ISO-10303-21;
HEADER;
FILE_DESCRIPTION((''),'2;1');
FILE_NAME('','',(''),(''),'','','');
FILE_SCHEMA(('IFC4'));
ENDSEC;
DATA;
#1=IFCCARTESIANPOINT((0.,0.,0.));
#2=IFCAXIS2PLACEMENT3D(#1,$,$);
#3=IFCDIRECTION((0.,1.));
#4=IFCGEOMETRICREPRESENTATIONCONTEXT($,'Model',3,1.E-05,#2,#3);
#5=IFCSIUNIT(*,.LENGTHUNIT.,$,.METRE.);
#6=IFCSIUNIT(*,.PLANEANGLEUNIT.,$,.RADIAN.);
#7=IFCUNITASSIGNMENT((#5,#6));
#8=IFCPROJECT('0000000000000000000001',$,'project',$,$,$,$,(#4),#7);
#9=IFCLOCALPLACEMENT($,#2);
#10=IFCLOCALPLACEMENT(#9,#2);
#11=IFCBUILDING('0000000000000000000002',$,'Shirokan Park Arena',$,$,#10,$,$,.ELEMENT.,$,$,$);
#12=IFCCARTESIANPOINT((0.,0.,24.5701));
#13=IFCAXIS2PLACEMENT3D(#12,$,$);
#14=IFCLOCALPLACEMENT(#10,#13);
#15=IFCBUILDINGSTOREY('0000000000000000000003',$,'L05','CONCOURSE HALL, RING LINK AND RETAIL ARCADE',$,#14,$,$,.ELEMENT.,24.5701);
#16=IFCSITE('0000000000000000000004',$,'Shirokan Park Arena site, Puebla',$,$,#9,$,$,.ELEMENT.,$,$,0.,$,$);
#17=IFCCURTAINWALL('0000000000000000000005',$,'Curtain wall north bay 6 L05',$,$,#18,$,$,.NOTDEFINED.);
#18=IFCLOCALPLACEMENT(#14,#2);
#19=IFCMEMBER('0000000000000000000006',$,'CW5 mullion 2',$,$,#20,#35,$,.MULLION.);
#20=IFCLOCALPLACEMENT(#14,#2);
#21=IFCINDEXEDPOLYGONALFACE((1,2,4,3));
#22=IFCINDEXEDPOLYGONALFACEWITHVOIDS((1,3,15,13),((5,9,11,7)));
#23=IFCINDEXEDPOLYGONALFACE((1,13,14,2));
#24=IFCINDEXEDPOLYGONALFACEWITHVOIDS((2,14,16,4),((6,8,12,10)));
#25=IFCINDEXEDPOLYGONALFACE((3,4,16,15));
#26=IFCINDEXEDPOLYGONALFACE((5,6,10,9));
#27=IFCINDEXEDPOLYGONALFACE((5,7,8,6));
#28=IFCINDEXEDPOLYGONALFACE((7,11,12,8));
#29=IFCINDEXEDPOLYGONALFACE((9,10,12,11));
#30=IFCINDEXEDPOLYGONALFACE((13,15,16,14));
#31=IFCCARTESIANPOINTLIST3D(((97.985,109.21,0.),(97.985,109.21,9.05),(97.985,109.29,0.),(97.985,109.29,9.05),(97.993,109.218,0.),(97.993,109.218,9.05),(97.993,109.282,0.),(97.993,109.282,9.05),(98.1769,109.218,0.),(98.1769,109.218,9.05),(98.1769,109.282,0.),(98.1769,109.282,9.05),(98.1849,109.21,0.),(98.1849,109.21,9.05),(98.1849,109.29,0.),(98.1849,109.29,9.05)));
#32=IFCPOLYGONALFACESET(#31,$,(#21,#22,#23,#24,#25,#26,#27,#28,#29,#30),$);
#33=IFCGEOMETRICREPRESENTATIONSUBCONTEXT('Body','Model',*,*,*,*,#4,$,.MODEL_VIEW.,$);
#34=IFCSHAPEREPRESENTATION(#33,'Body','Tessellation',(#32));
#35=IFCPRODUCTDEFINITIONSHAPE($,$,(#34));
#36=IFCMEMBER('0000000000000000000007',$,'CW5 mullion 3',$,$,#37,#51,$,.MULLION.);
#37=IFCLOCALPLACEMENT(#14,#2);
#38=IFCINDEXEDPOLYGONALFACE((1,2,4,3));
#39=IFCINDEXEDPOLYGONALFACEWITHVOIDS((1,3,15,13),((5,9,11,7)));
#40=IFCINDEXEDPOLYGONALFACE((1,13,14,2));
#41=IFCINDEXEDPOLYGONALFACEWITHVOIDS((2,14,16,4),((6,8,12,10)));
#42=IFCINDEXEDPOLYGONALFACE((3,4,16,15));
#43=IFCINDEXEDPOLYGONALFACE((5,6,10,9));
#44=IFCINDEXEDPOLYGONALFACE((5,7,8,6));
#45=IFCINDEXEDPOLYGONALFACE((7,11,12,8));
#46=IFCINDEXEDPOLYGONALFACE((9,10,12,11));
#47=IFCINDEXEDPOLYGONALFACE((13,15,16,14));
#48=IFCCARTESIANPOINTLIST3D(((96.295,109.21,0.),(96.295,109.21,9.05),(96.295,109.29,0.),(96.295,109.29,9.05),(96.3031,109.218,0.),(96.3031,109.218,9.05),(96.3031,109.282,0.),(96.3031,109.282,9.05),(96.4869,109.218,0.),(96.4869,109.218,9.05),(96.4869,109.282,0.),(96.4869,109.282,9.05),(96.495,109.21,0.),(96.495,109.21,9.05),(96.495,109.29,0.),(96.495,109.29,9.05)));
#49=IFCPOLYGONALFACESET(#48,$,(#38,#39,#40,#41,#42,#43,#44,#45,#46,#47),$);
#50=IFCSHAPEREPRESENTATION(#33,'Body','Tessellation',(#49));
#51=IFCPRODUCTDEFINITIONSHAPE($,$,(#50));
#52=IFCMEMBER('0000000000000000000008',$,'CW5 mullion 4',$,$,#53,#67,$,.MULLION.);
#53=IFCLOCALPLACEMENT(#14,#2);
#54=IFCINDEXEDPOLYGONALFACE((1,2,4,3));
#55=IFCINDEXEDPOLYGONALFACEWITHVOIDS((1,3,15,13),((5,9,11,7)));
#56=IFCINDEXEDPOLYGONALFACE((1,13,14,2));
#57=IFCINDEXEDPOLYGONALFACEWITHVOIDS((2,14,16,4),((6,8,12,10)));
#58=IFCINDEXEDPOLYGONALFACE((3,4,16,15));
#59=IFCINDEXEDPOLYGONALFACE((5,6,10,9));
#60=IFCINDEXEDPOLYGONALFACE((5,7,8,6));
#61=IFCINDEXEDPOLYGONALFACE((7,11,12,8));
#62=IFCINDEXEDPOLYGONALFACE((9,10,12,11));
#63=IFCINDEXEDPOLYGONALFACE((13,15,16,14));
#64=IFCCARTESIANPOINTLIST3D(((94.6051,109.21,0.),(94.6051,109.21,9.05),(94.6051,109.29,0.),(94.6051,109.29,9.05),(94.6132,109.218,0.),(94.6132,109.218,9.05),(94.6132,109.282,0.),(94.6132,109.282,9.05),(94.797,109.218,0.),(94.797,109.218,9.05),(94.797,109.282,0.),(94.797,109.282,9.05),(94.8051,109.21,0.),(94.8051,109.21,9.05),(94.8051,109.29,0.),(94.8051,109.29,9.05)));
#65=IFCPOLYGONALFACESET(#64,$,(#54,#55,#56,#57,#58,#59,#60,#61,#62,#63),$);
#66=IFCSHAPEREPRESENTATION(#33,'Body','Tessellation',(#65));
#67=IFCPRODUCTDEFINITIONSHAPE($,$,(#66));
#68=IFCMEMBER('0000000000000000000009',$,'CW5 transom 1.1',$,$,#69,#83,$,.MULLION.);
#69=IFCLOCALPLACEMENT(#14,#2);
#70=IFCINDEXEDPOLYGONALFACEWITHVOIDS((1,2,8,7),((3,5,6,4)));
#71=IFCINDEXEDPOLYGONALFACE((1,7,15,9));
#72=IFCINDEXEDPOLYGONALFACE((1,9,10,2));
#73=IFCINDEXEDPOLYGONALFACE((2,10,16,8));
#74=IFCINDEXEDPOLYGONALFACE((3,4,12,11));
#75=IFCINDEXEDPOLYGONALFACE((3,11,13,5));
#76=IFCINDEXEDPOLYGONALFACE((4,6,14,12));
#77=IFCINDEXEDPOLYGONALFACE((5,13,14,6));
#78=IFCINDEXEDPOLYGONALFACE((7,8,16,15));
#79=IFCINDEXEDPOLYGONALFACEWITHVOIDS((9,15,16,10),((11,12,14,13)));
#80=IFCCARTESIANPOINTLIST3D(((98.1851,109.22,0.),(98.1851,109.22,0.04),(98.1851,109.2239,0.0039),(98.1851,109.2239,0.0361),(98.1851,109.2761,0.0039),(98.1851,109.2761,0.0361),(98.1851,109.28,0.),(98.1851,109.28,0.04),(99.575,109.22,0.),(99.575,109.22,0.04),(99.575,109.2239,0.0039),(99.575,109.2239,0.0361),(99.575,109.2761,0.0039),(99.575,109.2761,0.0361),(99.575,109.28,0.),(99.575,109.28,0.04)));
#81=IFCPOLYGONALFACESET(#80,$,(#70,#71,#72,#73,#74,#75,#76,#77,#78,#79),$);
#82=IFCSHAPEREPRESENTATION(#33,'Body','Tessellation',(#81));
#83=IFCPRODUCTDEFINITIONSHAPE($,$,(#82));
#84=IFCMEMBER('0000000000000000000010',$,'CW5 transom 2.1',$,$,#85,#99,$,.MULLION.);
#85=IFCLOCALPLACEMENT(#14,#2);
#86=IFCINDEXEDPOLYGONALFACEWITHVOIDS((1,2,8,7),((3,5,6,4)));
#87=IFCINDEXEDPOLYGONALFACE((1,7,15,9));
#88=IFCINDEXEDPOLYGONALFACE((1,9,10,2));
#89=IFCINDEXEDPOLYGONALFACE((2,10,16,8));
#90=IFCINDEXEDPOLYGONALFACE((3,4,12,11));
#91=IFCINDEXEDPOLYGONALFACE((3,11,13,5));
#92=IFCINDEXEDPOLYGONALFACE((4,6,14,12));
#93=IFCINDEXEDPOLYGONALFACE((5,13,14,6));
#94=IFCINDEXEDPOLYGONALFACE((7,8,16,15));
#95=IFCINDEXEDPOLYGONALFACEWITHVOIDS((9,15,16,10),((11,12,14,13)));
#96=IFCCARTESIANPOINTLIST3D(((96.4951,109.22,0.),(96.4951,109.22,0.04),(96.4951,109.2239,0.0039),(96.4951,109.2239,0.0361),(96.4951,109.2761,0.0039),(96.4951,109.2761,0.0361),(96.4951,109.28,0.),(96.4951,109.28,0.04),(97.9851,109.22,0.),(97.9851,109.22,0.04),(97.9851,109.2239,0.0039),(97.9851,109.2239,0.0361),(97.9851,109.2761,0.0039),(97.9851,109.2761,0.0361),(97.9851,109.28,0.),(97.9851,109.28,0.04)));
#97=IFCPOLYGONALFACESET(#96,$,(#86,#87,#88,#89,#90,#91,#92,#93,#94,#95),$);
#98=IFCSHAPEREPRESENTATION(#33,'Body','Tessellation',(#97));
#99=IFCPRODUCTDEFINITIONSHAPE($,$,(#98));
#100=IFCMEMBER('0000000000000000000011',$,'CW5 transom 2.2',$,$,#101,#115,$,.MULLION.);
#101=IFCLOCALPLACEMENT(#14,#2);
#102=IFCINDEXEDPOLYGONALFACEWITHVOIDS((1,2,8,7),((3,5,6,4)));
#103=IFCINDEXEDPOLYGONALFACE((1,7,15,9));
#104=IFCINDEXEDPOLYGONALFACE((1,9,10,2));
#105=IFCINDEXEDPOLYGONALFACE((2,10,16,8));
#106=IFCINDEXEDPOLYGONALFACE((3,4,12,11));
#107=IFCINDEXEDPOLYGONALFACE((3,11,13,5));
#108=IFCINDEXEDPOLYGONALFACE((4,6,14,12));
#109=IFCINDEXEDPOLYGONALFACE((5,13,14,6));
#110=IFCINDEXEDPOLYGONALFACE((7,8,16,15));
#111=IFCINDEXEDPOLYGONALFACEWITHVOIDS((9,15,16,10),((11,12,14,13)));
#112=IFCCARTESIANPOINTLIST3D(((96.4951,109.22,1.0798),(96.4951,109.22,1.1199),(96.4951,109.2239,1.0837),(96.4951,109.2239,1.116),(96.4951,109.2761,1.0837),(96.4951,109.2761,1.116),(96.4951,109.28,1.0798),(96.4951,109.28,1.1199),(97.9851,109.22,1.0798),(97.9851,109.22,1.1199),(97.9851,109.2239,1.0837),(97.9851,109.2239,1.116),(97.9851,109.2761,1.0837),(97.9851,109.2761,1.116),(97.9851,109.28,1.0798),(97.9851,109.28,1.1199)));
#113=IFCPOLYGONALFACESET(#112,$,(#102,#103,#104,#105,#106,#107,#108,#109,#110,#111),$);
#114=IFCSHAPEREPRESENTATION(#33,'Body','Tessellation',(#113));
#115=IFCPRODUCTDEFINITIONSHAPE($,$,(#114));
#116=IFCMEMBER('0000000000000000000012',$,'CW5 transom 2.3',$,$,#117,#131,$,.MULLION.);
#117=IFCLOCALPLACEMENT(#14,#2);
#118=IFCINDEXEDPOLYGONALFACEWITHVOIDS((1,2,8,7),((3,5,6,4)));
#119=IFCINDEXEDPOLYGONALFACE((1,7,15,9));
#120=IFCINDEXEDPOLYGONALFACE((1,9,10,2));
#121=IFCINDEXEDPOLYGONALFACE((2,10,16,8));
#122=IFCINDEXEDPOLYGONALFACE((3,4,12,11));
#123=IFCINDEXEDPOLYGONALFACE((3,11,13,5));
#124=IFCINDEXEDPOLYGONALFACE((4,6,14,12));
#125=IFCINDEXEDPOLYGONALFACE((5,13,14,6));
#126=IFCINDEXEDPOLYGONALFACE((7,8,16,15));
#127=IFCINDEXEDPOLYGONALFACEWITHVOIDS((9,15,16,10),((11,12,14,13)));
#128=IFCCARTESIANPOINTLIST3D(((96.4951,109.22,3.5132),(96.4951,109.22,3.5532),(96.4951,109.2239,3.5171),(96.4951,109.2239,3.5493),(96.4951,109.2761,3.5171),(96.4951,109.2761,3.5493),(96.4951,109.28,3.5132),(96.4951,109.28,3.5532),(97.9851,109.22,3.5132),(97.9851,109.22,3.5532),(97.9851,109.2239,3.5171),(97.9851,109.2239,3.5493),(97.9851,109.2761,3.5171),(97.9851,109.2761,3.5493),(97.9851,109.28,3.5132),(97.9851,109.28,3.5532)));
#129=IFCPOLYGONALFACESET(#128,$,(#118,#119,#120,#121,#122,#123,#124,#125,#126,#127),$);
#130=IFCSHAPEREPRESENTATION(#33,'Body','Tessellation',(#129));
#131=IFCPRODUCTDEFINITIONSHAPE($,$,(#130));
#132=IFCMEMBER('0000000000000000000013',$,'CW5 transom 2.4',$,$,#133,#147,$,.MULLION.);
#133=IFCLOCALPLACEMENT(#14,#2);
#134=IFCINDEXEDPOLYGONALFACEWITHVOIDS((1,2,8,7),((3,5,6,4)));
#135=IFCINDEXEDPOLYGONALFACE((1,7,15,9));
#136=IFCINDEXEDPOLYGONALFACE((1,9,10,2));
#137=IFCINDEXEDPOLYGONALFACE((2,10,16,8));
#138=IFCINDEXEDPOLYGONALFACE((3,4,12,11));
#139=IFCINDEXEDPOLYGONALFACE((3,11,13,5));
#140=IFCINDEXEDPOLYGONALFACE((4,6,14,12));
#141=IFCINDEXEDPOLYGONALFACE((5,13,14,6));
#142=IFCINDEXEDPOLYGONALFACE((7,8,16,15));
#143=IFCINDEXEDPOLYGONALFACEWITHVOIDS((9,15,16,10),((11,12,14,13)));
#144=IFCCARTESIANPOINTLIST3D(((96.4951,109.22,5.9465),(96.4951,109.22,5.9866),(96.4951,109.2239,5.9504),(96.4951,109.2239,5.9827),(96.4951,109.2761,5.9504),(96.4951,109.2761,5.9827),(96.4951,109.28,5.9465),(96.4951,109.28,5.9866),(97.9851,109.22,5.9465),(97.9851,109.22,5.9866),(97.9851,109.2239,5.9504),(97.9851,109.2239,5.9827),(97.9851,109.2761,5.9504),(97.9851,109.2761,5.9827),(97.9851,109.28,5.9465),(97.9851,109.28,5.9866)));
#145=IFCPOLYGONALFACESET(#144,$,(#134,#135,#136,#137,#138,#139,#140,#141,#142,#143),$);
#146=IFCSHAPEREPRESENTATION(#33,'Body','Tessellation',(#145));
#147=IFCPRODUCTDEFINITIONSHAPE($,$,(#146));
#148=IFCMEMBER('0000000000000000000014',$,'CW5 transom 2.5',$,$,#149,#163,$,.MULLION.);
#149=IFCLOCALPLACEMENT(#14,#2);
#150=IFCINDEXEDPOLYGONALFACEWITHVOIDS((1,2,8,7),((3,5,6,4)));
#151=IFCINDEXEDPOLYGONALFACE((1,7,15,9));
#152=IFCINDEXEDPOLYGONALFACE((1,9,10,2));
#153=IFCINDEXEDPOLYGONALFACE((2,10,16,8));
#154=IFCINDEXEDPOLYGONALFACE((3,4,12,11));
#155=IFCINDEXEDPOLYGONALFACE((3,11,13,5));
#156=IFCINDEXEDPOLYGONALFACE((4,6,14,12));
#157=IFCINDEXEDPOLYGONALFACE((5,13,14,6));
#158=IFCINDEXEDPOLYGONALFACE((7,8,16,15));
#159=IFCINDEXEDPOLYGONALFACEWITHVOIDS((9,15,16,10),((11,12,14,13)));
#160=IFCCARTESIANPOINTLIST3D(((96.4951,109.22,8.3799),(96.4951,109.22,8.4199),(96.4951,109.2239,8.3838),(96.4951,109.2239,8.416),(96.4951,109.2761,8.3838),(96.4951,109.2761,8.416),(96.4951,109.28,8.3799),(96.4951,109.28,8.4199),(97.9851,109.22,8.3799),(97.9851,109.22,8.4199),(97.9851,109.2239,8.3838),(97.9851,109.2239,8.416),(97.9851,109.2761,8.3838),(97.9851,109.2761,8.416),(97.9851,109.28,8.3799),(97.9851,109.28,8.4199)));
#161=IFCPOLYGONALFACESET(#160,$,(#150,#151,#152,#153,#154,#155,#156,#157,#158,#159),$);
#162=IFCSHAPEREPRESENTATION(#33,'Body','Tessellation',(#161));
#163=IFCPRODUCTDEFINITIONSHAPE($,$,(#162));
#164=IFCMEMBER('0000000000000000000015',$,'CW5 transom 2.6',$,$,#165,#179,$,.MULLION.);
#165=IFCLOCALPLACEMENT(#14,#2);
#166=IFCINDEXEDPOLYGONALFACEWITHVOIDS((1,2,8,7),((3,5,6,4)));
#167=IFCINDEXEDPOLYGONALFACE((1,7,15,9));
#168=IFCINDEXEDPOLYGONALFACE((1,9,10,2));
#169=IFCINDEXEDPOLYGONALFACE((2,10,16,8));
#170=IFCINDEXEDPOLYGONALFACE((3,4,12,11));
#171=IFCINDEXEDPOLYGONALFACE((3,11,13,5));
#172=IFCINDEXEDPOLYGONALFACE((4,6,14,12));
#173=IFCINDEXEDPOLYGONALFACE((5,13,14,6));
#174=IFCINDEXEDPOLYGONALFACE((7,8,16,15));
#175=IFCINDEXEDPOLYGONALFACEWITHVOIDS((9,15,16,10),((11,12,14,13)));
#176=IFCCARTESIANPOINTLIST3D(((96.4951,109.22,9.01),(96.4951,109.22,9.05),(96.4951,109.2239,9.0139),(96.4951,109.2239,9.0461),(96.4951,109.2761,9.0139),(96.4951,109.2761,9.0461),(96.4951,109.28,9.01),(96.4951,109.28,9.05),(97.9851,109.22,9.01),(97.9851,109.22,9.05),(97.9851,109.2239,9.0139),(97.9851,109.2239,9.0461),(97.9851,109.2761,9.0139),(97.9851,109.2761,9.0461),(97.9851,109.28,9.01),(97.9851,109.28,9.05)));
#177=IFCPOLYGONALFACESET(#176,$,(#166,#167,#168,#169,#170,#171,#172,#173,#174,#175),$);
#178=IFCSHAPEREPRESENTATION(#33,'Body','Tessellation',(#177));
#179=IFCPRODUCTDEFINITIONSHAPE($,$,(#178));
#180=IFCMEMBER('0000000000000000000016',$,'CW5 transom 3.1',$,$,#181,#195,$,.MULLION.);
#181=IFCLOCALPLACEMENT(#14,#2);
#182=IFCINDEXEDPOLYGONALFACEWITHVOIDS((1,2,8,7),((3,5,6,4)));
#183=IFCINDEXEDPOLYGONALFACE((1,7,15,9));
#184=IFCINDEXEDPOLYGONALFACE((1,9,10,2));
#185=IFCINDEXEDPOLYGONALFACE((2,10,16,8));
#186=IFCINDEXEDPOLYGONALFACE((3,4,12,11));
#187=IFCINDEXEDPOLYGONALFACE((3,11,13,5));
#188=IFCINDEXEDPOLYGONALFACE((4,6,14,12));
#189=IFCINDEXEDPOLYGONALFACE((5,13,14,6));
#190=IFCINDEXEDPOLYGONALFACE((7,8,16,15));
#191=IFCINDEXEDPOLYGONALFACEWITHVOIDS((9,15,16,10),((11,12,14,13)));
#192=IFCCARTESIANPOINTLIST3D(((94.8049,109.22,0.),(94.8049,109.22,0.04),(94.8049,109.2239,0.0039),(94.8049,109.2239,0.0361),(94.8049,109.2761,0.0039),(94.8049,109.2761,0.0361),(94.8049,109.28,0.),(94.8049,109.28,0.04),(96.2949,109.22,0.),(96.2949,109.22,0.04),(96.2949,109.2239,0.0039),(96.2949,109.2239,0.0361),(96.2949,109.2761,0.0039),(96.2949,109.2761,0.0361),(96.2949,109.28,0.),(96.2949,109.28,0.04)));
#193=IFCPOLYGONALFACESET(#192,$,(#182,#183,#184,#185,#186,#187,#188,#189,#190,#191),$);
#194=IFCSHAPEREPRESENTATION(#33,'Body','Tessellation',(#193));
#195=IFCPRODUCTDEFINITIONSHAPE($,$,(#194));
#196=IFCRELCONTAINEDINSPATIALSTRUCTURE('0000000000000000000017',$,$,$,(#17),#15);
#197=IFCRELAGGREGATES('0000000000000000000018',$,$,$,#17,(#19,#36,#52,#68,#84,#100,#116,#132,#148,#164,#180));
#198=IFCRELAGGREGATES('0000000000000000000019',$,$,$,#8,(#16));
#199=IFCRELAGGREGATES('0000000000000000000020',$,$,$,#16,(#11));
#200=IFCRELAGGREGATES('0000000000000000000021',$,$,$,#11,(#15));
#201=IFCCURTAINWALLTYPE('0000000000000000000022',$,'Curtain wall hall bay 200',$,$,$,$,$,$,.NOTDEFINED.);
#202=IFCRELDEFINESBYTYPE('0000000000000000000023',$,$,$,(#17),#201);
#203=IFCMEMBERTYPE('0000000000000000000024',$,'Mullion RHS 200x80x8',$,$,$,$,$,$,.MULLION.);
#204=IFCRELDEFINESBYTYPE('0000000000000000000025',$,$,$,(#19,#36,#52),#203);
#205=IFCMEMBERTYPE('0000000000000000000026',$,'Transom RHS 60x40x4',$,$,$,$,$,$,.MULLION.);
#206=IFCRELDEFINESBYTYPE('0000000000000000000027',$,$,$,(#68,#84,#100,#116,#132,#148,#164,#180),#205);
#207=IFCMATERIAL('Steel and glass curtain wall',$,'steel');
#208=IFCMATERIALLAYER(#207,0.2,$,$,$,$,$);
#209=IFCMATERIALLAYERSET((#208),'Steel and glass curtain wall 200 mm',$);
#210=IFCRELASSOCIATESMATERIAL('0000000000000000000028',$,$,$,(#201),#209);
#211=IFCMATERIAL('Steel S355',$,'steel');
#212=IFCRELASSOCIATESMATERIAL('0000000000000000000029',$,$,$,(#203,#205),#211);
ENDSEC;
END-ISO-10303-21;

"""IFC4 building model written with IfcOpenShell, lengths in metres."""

from ifc_helpers import new_model, si_unit, direction, frame, origin, origin_2d, place, context, subcontext, project, spatial, hollow_rectangle, extrude, material, layer, layer_set, material_profile, profile_set, type_object, element, aggregate, save


model = new_model("IFC4")

# Units and contexts
model_context = context("Model", 3, precision=1e-05, world=origin(), true_north=direction((0.0, 1.0)))
body_context = subcontext(model_context, "Body", "Model", "MODEL_VIEW")
ifc_project = project(units=[si_unit("LENGTHUNIT", "METRE"), si_unit("PLANEANGLEUNIT", "RADIAN")], contexts=[model_context])

# Site, building, storey
site_placement = place(None, origin())
site = spatial("IfcSite", under=ifc_project, at=site_placement, Name="Shirokan Park Arena site, Puebla", CompositionType="ELEMENT", RefElevation=0.0)
building_placement = place(site_placement, origin())
building = spatial("IfcBuilding", under=site, at=building_placement, Name="Shirokan Park Arena", CompositionType="ELEMENT")
storey_placement = place(building_placement, frame((0.0, 0.0, 24.5701)))
storey = spatial("IfcBuildingStorey", under=building, at=storey_placement, Name="L05", Description="CONCOURSE HALL, RING LINK AND RETAIL ARCADE", CompositionType="ELEMENT", Elevation=24.5701)

# Curtain wall, members
ifc_material_1 = material(Name="Steel and glass curtain wall", Category="steel")
ifc_layer_1 = layer(ifc_material_1, 0.2)
ifc_layer_set_1 = layer_set([ifc_layer_1], Name="Steel and glass curtain wall 200 mm")
curtain_wall_type = type_object("IfcCurtainWallType", Name="Curtain wall hall bay 200", PredefinedType="NOTDEFINED", material=ifc_layer_set_1)
curtain_wall_placement = place(storey_placement, origin())
curtain_wall = element("IfcCurtainWall", 1, at=curtain_wall_placement, inside=storey, type_object=curtain_wall_type, Name="Curtain wall north bay 6 L05", PredefinedType="NOTDEFINED")
ifc_material_2 = material(Name="Steel S355", Category="steel")
ifc_material_profile_1 = material_profile(ifc_material_2, hollow_rectangle(XDim=0.0801, YDim=0.2, WallThickness=0.0081, at=origin_2d()), Name="RHS 200x80x8")
ifc_profile_set_1 = profile_set([ifc_material_profile_1], Name="Steel S355")
member_type_1 = type_object("IfcMemberType", Name="Mullion RHS 200x80x8", PredefinedType="MULLION", material=ifc_profile_set_1)
member_1_placement = place(storey_placement, frame((98.085, 109.25, 0.0), z_axis=(0.0, 0.0, 1.0), x_axis=(0.0, -1.0, 0.0)))
member_1 = element("IfcMember", 2, at=member_1_placement, type_object=member_type_1, Name="CW5 mullion 2", PredefinedType="MULLION", context=body_context, shape_type="SweptSolid", body=[
    extrude(hollow_rectangle(XDim=0.0801, YDim=0.2, WallThickness=0.0081, at=origin_2d()), origin(), (0.0, 0.0, 1.0), 9.05),
])
member_2_placement = place(storey_placement, frame((96.395, 109.25, 0.0), z_axis=(0.0, 0.0, 1.0), x_axis=(0.0, -1.0, 0.0)))
member_2 = element("IfcMember", 3, at=member_2_placement, type_object=member_type_1, Name="CW5 mullion 3", PredefinedType="MULLION", context=body_context, shape_type="SweptSolid", body=[
    extrude(hollow_rectangle(XDim=0.0801, YDim=0.2, WallThickness=0.0081, at=origin_2d()), origin(), (0.0, 0.0, 1.0), 9.05),
])
member_3_placement = place(storey_placement, frame((94.7051, 109.25, 0.0), z_axis=(0.0, 0.0, 1.0), x_axis=(0.0, -1.0, 0.0)))
member_3 = element("IfcMember", 4, at=member_3_placement, type_object=member_type_1, Name="CW5 mullion 4", PredefinedType="MULLION", context=body_context, shape_type="SweptSolid", body=[
    extrude(hollow_rectangle(XDim=0.0801, YDim=0.2, WallThickness=0.0081, at=origin_2d()), origin(), (0.0, 0.0, 1.0), 9.05),
])
ifc_material_profile_2 = material_profile(ifc_material_2, hollow_rectangle(XDim=0.0601, YDim=0.04, WallThickness=0.0039, at=origin_2d()), Name="RHS 60x40x4")
ifc_profile_set_2 = profile_set([ifc_material_profile_2], Name="Steel S355")
member_type_2 = type_object("IfcMemberType", Name="Transom RHS 60x40x4", PredefinedType="MULLION", material=ifc_profile_set_2)
member_4_placement = place(storey_placement, frame((99.575, 109.25, 0.02), z_axis=(-1.0, 0.0, 0.0), x_axis=(0.0, -1.0, 0.0)))
member_4 = element("IfcMember", 5, at=member_4_placement, type_object=member_type_2, Name="CW5 transom 1.1", PredefinedType="MULLION", context=body_context, shape_type="SweptSolid", body=[
    extrude(hollow_rectangle(XDim=0.0601, YDim=0.04, WallThickness=0.0039, at=origin_2d()), origin(), (0.0, 0.0, 1.0), 1.3899),
])
member_5_placement = place(storey_placement, frame((97.9851, 109.25, 0.02), z_axis=(-1.0, 0.0, 0.0), x_axis=(0.0, -1.0, 0.0)))
member_5 = element("IfcMember", 6, at=member_5_placement, type_object=member_type_2, Name="CW5 transom 2.1", PredefinedType="MULLION", context=body_context, shape_type="SweptSolid", body=[
    extrude(hollow_rectangle(XDim=0.0601, YDim=0.04, WallThickness=0.0039, at=origin_2d()), origin(), (0.0, 0.0, 1.0), 1.49),
])
member_6_placement = place(storey_placement, frame((97.9851, 109.25, 1.0999), z_axis=(-1.0, 0.0, 0.0), x_axis=(0.0, -1.0, 0.0)))
member_6 = element("IfcMember", 7, at=member_6_placement, type_object=member_type_2, Name="CW5 transom 2.2", PredefinedType="MULLION", context=body_context, shape_type="SweptSolid", body=[
    extrude(hollow_rectangle(XDim=0.0601, YDim=0.04, WallThickness=0.0039, at=origin_2d()), origin(), (0.0, 0.0, 1.0), 1.49),
])
member_7_placement = place(storey_placement, frame((97.9851, 109.25, 3.5332), z_axis=(-1.0, 0.0, 0.0), x_axis=(0.0, -1.0, 0.0)))
member_7 = element("IfcMember", 8, at=member_7_placement, type_object=member_type_2, Name="CW5 transom 2.3", PredefinedType="MULLION", context=body_context, shape_type="SweptSolid", body=[
    extrude(hollow_rectangle(XDim=0.0601, YDim=0.04, WallThickness=0.0039, at=origin_2d()), origin(), (0.0, 0.0, 1.0), 1.49),
])
member_8_placement = place(storey_placement, frame((97.9851, 109.25, 5.9666), z_axis=(-1.0, 0.0, 0.0), x_axis=(0.0, -1.0, 0.0)))
member_8 = element("IfcMember", 9, at=member_8_placement, type_object=member_type_2, Name="CW5 transom 2.4", PredefinedType="MULLION", context=body_context, shape_type="SweptSolid", body=[
    extrude(hollow_rectangle(XDim=0.0601, YDim=0.04, WallThickness=0.0039, at=origin_2d()), origin(), (0.0, 0.0, 1.0), 1.49),
])
member_9_placement = place(storey_placement, frame((97.9851, 109.25, 8.3999), z_axis=(-1.0, 0.0, 0.0), x_axis=(0.0, -1.0, 0.0)))
member_9 = element("IfcMember", 10, at=member_9_placement, type_object=member_type_2, Name="CW5 transom 2.5", PredefinedType="MULLION", context=body_context, shape_type="SweptSolid", body=[
    extrude(hollow_rectangle(XDim=0.0601, YDim=0.04, WallThickness=0.0039, at=origin_2d()), origin(), (0.0, 0.0, 1.0), 1.49),
])
member_10_placement = place(storey_placement, frame((97.9851, 109.25, 9.03), z_axis=(-1.0, 0.0, 0.0), x_axis=(0.0, -1.0, 0.0)))
member_10 = element("IfcMember", 11, at=member_10_placement, type_object=member_type_2, Name="CW5 transom 2.6", PredefinedType="MULLION", context=body_context, shape_type="SweptSolid", body=[
    extrude(hollow_rectangle(XDim=0.0601, YDim=0.04, WallThickness=0.0039, at=origin_2d()), origin(), (0.0, 0.0, 1.0), 1.49),
])
member_11_placement = place(storey_placement, frame((96.2949, 109.25, 0.02), z_axis=(-1.0, 0.0, 0.0), x_axis=(0.0, -1.0, 0.0)))
member_11 = element("IfcMember", 12, at=member_11_placement, type_object=member_type_2, Name="CW5 transom 3.1", PredefinedType="MULLION", context=body_context, shape_type="SweptSolid", body=[
    extrude(hollow_rectangle(XDim=0.0601, YDim=0.04, WallThickness=0.0039, at=origin_2d()), origin(), (0.0, 0.0, 1.0), 1.49),
])
aggregate(curtain_wall, [member_1, member_2, member_3, member_4, member_5, member_6, member_7, member_8, member_9, member_10, member_11])

save(model, "model.ifc")
